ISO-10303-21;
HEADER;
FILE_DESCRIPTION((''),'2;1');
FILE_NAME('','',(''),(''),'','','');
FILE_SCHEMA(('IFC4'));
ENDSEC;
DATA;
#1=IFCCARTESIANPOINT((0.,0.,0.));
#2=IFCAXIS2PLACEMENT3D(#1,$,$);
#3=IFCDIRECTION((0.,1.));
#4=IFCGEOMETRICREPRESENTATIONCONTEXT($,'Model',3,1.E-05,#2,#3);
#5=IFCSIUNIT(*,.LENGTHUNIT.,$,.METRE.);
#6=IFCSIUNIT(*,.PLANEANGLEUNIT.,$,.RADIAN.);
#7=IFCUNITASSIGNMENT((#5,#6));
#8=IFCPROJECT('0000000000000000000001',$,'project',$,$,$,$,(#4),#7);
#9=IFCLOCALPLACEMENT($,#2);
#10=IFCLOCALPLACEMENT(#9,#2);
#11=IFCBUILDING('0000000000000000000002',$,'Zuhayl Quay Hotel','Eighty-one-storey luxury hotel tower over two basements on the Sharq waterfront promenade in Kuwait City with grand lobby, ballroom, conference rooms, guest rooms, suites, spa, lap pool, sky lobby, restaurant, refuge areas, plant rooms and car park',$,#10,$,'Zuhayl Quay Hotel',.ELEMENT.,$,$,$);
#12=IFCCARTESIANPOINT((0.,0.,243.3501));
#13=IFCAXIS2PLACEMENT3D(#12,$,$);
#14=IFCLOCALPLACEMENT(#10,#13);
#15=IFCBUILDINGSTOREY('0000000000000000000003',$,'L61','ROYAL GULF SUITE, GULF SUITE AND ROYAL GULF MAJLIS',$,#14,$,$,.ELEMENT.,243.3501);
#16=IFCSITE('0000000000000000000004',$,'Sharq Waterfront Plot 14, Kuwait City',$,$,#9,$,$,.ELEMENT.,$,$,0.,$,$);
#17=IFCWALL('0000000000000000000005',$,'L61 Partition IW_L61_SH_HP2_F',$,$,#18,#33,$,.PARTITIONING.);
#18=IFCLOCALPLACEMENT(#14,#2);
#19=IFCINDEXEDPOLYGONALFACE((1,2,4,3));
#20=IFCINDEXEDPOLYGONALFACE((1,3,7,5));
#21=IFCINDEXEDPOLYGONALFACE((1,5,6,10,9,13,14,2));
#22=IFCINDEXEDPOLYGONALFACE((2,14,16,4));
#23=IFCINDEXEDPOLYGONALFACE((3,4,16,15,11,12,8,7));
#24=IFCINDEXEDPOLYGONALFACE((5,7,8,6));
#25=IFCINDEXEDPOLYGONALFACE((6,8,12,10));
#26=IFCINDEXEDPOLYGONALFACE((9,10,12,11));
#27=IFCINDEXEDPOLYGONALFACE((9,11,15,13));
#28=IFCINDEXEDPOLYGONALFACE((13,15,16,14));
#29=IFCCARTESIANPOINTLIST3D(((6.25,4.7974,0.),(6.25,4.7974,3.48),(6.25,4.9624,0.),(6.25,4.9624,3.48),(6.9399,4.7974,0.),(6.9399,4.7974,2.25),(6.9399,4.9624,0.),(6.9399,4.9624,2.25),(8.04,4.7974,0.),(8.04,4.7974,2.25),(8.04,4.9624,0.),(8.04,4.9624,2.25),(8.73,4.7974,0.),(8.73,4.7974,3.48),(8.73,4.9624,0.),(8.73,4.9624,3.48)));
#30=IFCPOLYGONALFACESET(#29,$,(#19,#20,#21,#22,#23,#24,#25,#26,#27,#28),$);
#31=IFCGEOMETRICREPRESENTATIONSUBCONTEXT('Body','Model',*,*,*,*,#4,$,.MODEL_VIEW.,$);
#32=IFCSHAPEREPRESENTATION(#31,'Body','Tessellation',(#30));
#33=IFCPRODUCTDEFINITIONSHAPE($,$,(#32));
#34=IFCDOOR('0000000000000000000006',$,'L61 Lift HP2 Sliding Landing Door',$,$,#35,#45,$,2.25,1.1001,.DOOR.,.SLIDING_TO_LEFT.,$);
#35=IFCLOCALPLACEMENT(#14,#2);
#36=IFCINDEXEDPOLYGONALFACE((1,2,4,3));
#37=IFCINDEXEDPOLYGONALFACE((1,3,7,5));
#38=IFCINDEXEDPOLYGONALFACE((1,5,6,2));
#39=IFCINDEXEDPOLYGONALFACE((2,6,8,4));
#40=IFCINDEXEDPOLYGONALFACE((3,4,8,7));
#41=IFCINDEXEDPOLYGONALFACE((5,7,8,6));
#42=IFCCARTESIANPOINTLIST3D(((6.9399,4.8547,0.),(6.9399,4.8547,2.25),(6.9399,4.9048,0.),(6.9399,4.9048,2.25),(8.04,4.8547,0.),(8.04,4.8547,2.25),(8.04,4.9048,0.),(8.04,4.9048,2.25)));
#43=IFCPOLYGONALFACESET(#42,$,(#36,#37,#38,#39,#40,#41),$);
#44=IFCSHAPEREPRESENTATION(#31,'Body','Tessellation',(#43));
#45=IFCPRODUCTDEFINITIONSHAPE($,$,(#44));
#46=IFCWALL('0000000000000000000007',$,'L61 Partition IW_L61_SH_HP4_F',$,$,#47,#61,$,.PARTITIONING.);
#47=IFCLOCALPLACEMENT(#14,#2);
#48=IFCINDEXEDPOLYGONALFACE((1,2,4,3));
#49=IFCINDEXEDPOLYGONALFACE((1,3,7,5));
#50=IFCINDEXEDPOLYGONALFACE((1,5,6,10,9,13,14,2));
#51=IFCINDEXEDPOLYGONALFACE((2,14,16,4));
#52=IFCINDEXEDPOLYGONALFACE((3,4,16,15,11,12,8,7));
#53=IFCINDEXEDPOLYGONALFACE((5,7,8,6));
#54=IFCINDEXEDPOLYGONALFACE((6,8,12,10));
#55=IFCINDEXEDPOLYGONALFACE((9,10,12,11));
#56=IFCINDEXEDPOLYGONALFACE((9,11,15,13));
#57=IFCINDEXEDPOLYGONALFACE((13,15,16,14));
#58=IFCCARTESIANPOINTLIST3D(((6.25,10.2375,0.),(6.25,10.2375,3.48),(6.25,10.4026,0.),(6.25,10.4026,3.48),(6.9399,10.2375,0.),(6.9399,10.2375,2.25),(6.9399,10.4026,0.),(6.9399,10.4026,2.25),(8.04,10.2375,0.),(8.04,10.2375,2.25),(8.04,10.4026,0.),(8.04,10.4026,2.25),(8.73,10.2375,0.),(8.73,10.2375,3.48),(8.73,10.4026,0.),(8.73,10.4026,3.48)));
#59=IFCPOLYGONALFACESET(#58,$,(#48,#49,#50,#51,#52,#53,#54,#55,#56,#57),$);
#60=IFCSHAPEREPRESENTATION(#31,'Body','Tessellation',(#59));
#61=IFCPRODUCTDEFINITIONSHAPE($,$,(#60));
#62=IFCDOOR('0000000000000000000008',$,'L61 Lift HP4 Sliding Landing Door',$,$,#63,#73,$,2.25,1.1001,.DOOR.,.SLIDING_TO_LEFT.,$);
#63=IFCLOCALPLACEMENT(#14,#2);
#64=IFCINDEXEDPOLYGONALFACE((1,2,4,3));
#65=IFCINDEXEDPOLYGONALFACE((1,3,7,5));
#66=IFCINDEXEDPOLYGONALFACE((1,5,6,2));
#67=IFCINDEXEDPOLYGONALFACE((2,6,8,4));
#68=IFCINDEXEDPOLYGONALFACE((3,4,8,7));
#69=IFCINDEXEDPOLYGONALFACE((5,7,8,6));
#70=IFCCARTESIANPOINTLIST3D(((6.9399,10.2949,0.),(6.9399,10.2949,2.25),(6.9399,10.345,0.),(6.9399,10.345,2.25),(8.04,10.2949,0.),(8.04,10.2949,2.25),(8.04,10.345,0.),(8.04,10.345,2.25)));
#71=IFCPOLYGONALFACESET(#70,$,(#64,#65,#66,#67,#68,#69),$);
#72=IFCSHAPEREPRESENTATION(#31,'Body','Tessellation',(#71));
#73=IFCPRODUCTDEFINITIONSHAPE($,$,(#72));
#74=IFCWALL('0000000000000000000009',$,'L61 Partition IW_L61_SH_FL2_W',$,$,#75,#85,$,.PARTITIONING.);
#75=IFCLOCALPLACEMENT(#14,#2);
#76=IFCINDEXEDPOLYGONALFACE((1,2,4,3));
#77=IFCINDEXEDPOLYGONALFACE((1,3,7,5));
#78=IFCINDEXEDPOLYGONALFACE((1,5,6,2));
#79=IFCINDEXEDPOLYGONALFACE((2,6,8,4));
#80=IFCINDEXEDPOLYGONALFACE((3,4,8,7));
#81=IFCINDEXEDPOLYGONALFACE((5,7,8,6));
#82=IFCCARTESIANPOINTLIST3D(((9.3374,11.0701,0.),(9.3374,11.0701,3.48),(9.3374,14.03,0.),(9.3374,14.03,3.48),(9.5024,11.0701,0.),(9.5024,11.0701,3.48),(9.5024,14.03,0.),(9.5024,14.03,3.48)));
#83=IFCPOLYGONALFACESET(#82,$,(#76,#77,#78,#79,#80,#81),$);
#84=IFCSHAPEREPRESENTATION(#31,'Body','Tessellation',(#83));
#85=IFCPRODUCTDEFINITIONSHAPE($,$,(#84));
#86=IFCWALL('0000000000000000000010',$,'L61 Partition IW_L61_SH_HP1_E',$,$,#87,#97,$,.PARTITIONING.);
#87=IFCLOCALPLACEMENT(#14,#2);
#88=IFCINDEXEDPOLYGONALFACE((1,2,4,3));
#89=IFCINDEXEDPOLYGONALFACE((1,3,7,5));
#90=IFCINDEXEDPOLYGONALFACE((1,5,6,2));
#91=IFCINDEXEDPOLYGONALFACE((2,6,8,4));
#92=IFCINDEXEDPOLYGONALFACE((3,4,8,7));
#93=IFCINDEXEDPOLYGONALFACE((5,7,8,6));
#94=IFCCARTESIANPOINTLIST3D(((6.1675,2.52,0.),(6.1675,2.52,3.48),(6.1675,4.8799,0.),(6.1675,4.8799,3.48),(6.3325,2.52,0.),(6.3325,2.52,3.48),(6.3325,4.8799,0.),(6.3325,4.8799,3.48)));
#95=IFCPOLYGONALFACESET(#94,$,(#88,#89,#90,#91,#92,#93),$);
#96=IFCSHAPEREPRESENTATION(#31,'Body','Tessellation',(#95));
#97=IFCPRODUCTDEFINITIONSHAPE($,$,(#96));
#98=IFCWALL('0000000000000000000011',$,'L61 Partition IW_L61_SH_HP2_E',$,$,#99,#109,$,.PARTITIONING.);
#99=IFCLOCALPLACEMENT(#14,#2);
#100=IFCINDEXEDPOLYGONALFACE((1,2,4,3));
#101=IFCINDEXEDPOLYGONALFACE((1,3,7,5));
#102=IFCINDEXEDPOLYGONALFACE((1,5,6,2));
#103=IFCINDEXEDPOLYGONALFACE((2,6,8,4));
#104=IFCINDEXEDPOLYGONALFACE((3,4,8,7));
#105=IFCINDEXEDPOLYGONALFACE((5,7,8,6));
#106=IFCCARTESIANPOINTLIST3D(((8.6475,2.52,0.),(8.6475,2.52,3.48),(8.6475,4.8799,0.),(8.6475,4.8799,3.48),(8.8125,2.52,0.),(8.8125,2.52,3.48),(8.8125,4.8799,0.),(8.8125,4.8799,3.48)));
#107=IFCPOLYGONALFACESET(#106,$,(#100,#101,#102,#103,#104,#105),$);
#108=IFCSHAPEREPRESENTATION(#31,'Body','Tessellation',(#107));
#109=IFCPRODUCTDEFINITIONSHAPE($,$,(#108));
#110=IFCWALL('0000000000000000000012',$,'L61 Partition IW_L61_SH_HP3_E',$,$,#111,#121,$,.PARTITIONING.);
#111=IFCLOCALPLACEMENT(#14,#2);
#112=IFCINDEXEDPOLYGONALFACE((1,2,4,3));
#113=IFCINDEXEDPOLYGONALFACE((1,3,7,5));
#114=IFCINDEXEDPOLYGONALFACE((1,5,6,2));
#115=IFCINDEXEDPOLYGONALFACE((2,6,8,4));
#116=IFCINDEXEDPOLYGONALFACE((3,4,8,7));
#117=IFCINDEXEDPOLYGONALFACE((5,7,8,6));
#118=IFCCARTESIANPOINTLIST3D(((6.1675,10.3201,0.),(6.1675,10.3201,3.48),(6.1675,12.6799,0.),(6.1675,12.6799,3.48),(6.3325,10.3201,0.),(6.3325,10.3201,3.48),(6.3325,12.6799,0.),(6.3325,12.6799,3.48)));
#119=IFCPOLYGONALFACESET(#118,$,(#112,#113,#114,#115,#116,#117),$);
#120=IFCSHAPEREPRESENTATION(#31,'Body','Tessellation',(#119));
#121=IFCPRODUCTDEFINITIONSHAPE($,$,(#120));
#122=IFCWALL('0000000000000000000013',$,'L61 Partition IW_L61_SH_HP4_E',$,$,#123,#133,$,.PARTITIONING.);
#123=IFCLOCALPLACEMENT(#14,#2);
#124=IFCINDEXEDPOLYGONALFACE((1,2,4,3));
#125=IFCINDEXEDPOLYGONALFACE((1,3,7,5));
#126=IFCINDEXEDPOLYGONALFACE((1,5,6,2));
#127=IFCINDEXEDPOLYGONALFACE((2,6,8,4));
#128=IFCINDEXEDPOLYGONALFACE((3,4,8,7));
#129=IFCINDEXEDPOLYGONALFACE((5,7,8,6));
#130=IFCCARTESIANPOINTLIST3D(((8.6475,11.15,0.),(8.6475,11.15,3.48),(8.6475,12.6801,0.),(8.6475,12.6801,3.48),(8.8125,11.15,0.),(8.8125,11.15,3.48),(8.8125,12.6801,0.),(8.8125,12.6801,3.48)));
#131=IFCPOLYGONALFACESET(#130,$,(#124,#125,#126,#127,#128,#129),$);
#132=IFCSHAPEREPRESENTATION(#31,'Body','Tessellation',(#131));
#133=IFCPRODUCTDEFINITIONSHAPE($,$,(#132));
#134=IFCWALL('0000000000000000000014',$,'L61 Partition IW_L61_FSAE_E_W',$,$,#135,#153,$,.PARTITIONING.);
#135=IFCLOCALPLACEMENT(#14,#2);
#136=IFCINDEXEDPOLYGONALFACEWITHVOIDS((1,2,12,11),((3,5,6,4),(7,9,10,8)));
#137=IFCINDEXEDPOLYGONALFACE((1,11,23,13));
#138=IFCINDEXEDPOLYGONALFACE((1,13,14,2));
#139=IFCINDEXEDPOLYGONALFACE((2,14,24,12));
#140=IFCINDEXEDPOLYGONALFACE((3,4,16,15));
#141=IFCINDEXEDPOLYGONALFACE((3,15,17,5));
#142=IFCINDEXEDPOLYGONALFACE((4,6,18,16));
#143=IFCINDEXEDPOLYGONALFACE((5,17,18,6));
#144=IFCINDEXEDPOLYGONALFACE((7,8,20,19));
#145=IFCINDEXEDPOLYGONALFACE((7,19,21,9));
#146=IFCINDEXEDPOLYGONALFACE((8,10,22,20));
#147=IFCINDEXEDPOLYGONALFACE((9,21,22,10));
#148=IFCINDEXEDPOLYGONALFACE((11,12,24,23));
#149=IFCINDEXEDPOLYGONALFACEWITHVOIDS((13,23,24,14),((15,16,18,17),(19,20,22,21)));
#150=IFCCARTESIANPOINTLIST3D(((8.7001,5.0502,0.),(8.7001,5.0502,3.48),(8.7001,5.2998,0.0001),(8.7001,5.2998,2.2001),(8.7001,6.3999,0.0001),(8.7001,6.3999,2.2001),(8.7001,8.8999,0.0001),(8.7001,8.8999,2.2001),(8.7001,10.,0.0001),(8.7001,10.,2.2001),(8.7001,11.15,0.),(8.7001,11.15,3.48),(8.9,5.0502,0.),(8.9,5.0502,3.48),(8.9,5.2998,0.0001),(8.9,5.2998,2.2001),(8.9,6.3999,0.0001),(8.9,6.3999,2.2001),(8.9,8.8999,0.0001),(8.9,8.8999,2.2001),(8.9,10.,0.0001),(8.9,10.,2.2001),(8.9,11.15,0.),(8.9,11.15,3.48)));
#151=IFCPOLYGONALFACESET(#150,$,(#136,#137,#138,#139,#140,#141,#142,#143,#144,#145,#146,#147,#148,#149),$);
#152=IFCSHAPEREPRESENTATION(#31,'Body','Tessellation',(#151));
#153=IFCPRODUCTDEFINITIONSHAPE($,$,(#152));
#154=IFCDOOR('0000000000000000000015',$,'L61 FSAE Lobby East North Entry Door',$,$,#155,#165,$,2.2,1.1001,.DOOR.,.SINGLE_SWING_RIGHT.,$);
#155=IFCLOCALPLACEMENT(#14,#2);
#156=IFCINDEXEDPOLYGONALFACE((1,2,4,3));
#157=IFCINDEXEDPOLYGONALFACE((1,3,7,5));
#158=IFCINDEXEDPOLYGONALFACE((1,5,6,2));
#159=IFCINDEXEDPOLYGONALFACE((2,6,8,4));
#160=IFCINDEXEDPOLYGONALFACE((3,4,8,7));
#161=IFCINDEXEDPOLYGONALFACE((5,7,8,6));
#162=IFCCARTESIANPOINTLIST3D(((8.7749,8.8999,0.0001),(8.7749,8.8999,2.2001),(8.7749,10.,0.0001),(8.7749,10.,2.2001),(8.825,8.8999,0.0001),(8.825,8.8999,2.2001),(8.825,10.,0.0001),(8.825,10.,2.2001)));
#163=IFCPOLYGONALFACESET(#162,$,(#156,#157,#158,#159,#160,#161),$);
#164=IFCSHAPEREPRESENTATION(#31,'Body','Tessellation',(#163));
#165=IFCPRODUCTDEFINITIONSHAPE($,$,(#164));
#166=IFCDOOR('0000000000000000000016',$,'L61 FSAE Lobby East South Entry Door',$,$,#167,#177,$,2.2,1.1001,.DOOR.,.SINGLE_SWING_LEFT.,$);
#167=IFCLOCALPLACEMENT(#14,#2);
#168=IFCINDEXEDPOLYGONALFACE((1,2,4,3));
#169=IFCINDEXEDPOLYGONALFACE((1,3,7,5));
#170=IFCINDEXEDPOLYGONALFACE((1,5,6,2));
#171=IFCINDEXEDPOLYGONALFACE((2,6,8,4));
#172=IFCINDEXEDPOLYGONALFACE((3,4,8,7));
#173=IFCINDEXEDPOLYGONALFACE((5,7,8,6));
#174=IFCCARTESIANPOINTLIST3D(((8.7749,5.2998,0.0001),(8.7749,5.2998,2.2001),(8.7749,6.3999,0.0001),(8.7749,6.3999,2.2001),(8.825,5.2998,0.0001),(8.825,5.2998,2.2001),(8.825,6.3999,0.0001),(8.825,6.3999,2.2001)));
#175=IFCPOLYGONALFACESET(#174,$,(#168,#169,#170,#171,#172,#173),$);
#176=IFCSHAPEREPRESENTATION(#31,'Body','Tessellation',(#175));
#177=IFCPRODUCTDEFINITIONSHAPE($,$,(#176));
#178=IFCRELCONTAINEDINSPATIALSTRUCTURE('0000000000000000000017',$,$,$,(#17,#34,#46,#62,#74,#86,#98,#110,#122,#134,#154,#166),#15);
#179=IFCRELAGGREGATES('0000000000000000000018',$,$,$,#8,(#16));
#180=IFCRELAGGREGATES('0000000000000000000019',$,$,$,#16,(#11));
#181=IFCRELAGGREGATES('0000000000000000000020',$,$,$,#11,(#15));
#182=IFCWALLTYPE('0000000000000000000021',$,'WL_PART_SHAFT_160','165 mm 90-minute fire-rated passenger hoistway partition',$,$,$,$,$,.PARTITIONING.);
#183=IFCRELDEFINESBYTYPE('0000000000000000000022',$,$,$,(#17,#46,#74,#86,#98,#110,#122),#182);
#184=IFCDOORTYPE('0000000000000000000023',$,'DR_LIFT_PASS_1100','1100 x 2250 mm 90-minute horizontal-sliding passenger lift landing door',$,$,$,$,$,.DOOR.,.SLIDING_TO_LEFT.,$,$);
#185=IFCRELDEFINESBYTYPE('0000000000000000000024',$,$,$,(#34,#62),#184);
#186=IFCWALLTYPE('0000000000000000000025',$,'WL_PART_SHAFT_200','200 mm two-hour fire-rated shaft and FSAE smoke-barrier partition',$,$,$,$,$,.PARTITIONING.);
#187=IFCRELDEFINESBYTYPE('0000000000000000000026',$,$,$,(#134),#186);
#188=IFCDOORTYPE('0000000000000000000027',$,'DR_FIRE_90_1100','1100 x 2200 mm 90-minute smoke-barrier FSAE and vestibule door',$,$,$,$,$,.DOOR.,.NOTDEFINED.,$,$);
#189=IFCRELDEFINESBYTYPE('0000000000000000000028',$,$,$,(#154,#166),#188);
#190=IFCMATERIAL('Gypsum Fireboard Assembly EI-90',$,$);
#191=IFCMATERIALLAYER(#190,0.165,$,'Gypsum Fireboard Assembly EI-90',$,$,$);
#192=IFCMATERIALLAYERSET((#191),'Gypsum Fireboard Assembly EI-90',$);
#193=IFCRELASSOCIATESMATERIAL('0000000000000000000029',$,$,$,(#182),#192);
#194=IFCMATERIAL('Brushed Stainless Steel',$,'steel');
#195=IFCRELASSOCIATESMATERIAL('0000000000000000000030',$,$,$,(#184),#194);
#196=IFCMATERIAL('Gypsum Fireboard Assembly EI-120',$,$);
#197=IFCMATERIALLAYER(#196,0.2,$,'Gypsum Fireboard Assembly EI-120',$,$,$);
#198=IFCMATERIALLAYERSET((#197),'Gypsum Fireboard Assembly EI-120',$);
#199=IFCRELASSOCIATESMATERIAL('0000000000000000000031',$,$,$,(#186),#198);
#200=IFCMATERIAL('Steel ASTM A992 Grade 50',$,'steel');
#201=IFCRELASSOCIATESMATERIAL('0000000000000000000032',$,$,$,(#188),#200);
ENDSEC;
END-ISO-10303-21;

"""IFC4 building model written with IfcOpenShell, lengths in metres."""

from ifc_helpers import new_model, si_unit, direction, frame, frame_2d, origin, place, context, subcontext, project, spatial, rectangle, extrude, material, layer, layer_set, type_object, element, fill, save


model = new_model("IFC4")

# Units and contexts
model_context = context("Model", 3, precision=1e-05, world=origin(), true_north=direction((0.0, 1.0)))
body_context = subcontext(model_context, "Body", "Model", "MODEL_VIEW")
ifc_project = project(units=[si_unit("LENGTHUNIT", "METRE"), si_unit("PLANEANGLEUNIT", "RADIAN")], contexts=[model_context])

# Site, building, storey
site_placement = place(None, origin())
site = spatial("IfcSite", under=ifc_project, at=site_placement, Name="Sharq Waterfront Plot 14, Kuwait City", CompositionType="ELEMENT", RefElevation=0.0)
building_placement = place(site_placement, origin())
building = spatial("IfcBuilding", under=site, at=building_placement, Name="Zuhayl Quay Hotel", Description="Eighty-one-storey luxury hotel tower over two basements on the Sharq waterfront promenade in Kuwait City with grand lobby, ballroom, conference rooms, guest rooms, suites, spa, lap pool, sky lobby, restaurant, refuge areas, plant rooms and car park", LongName="Zuhayl Quay Hotel", CompositionType="ELEMENT")
storey_placement = place(building_placement, frame((0.0, 0.0, 243.3501)))
storey = spatial("IfcBuildingStorey", under=building, at=storey_placement, Name="L61", Description="ROYAL GULF SUITE, GULF SUITE AND ROYAL GULF MAJLIS", CompositionType="ELEMENT", Elevation=243.3501)

# Walls, openings, doors
ifc_material_1 = material(Name="Gypsum Fireboard Assembly EI-90")
ifc_layer_1 = layer(ifc_material_1, 0.165, Name="Gypsum Fireboard Assembly EI-90")
ifc_layer_set_1 = layer_set([ifc_layer_1], Name="Gypsum Fireboard Assembly EI-90")
wall_type_1 = type_object("IfcWallType", Name="WL_PART_SHAFT_160", Description="165 mm 90-minute fire-rated passenger hoistway partition", PredefinedType="PARTITIONING", material=ifc_layer_set_1)
ifc_material_2 = material(Name="Brushed Stainless Steel", Category="steel")
wall_1_placement = place(storey_placement, frame((6.25, 4.8799, 0.0), z_axis=(0.0, 0.0, 1.0), x_axis=(1.0, 0.0, 0.0)))
wall_1 = element("IfcWall", 1, at=wall_1_placement, inside=storey, type_object=wall_type_1, Name="L61 Partition IW_L61_SH_HP2_F", PredefinedType="PARTITIONING", context=body_context, shape_type="SweptSolid", body=[
    extrude(rectangle(XDim=2.48, YDim=0.165, at=frame_2d((1.24, 0.0))), origin(), (0.0, 0.0, 1.0), 3.48),
])
opening_1_placement = place(wall_1_placement, frame((0.6899, 0.0, 0.0)))
opening_1 = element("IfcOpeningElement", 2, at=opening_1_placement, cuts=wall_1, PredefinedType="OPENING", context=body_context, shape_type="SweptSolid", body=[
    extrude(rectangle(XDim=1.1001, YDim=2.25, at=frame_2d((0.55, 1.125))), frame((0.0, 0.0925, 0.0), z_axis=(0.0, -1.0, 0.0), x_axis=(1.0, 0.0, 0.0)), (0.0, 0.0, 1.0), 0.1851),
])
door_type_1 = type_object("IfcDoorType", Name="DR_LIFT_PASS_1100", Description="1100 x 2250 mm 90-minute horizontal-sliding passenger lift landing door", OperationType="SLIDING_TO_LEFT", PredefinedType="DOOR", material=ifc_material_2)
door_1_placement = place(opening_1_placement, origin())
door_1 = element("IfcDoor", 3, at=door_1_placement, inside=storey, type_object=door_type_1, Name="L61 Lift HP2 Sliding Landing Door", OperationType="SLIDING_TO_LEFT", OverallHeight=2.25, OverallWidth=1.1001, PredefinedType="DOOR", context=body_context, shape_type="SweptSolid", body=[
    extrude(rectangle(XDim=1.1001, YDim=2.25, at=frame_2d((0.55, 1.125))), frame((0.0, 0.0249, 0.0), z_axis=(0.0, -1.0, 0.0), x_axis=(1.0, 0.0, 0.0)), (0.0, 0.0, 1.0), 0.05),
])
fill(opening_1, door_1)
wall_2_placement = place(storey_placement, frame((6.25, 10.3201, 0.0), z_axis=(0.0, 0.0, 1.0), x_axis=(1.0, 0.0, 0.0)))
wall_2 = element("IfcWall", 4, at=wall_2_placement, inside=storey, type_object=wall_type_1, Name="L61 Partition IW_L61_SH_HP4_F", PredefinedType="PARTITIONING", context=body_context, shape_type="SweptSolid", body=[
    extrude(rectangle(XDim=2.48, YDim=0.165, at=frame_2d((1.24, 0.0))), origin(), (0.0, 0.0, 1.0), 3.48),
])
opening_2_placement = place(wall_2_placement, frame((0.6899, 0.0, 0.0)))
opening_2 = element("IfcOpeningElement", 5, at=opening_2_placement, cuts=wall_2, PredefinedType="OPENING", context=body_context, shape_type="SweptSolid", body=[
    extrude(rectangle(XDim=1.1001, YDim=2.25, at=frame_2d((0.55, 1.125))), frame((0.0, 0.0925, 0.0), z_axis=(0.0, -1.0, 0.0), x_axis=(1.0, 0.0, 0.0)), (0.0, 0.0, 1.0), 0.1851),
])
door_2_placement = place(opening_2_placement, origin())
door_2 = element("IfcDoor", 6, at=door_2_placement, inside=storey, type_object=door_type_1, Name="L61 Lift HP4 Sliding Landing Door", OperationType="SLIDING_TO_LEFT", OverallHeight=2.25, OverallWidth=1.1001, PredefinedType="DOOR", context=body_context, shape_type="SweptSolid", body=[
    extrude(rectangle(XDim=1.1001, YDim=2.25, at=frame_2d((0.55, 1.125))), frame((0.0, 0.0249, 0.0), z_axis=(0.0, -1.0, 0.0), x_axis=(1.0, 0.0, 0.0)), (0.0, 0.0, 1.0), 0.05),
])
fill(opening_2, door_2)

# Walls
wall_3_placement = place(storey_placement, frame((9.4199, 11.0701, 0.0), z_axis=(0.0, 0.0, 1.0), x_axis=(0.0, 1.0, 0.0)))
element("IfcWall", 7, at=wall_3_placement, inside=storey, type_object=wall_type_1, Name="L61 Partition IW_L61_SH_FL2_W", PredefinedType="PARTITIONING", context=body_context, shape_type="SweptSolid", body=[
    extrude(rectangle(XDim=2.96, YDim=0.165, at=frame_2d((1.48, 0.0))), origin(), (0.0, 0.0, 1.0), 3.48),
])
for number, where, z_axis, x_axis, name in (
    (8, (6.25, 2.52, 0.0), (0.0, 0.0, 1.0), (0.0, 1.0, 0.0), "L61 Partition IW_L61_SH_HP1_E"),
    (9, (8.73, 2.52, 0.0), (0.0, 0.0, 1.0), (0.0, 1.0, 0.0), "L61 Partition IW_L61_SH_HP2_E"),
    (10, (6.25, 10.3201, 0.0), (0.0, 0.0, 1.0), (0.0, 1.0, 0.0), "L61 Partition IW_L61_SH_HP3_E"),
):
    element("IfcWall", number, at=place(storey_placement, frame(where, z_axis=z_axis, x_axis=x_axis)), inside=storey, type_object=wall_type_1, Name=name, PredefinedType="PARTITIONING", context=body_context, shape_type="SweptSolid", body=[
        extrude(rectangle(XDim=2.3599, YDim=0.165, at=frame_2d((1.1799, 0.0))), origin(), (0.0, 0.0, 1.0), 3.48),
    ])
wall_4_placement = place(storey_placement, frame((8.73, 11.1499, 0.0), z_axis=(0.0, 0.0, 1.0), x_axis=(0.0, 1.0, 0.0)))
element("IfcWall", 11, at=wall_4_placement, inside=storey, type_object=wall_type_1, Name="L61 Partition IW_L61_SH_HP4_E", PredefinedType="PARTITIONING", context=body_context, shape_type="SweptSolid", body=[
    extrude(rectangle(XDim=1.53, YDim=0.165, at=frame_2d((0.7651, 0.0))), origin(), (0.0, 0.0, 1.0), 3.48),
])

# Wall, openings, doors
ifc_material_3 = material(Name="Gypsum Fireboard Assembly EI-120")
ifc_layer_2 = layer(ifc_material_3, 0.2, Name="Gypsum Fireboard Assembly EI-120")
ifc_layer_set_2 = layer_set([ifc_layer_2], Name="Gypsum Fireboard Assembly EI-120")
wall_type_2 = type_object("IfcWallType", Name="WL_PART_SHAFT_200", Description="200 mm two-hour fire-rated shaft and FSAE smoke-barrier partition", PredefinedType="PARTITIONING", material=ifc_layer_set_2)
wall_5_placement = place(storey_placement, frame((8.8, 11.1499, 0.0), z_axis=(0.0, 0.0, 1.0), x_axis=(0.0, -1.0, 0.0)))
wall_5 = element("IfcWall", 12, at=wall_5_placement, inside=storey, type_object=wall_type_2, Name="L61 Partition IW_L61_FSAE_E_W", PredefinedType="PARTITIONING", context=body_context, shape_type="SweptSolid", body=[
    extrude(rectangle(XDim=6.0999, YDim=0.2, at=frame_2d((3.0498, 0.0))), origin(), (0.0, 0.0, 1.0), 3.48),
])
opening_3_placement = place(wall_5_placement, frame((1.1499, 0.0, 0.0)))
opening_3 = element("IfcOpeningElement", 13, at=opening_3_placement, cuts=wall_5, PredefinedType="OPENING", context=body_context, shape_type="SweptSolid", body=[
    extrude(rectangle(XDim=1.1001, YDim=2.2, at=frame_2d((0.55, 1.1001))), frame((0.0, 0.1099, 0.0), z_axis=(0.0, -1.0, 0.0), x_axis=(1.0, 0.0, 0.0)), (0.0, 0.0, 1.0), 0.22),
])
opening_4_placement = place(wall_5_placement, frame((4.75, 0.0, 0.0)))
opening_4 = element("IfcOpeningElement", 14, at=opening_4_placement, cuts=wall_5, PredefinedType="OPENING", context=body_context, shape_type="SweptSolid", body=[
    extrude(rectangle(XDim=1.1001, YDim=2.2, at=frame_2d((0.55, 1.1001))), frame((0.0, 0.1099, 0.0), z_axis=(0.0, -1.0, 0.0), x_axis=(1.0, 0.0, 0.0)), (0.0, 0.0, 1.0), 0.22),
])
ifc_material_4 = material(Name="Steel ASTM A992 Grade 50", Category="steel")
door_type_2 = type_object("IfcDoorType", Name="DR_FIRE_90_1100", Description="1100 x 2200 mm 90-minute smoke-barrier FSAE and vestibule door", OperationType="NOTDEFINED", PredefinedType="DOOR", material=ifc_material_4)
door_3_placement = place(opening_3_placement, origin())
door_3 = element("IfcDoor", 15, at=door_3_placement, inside=storey, type_object=door_type_2, Name="L61 FSAE Lobby East North Entry Door", OperationType="SINGLE_SWING_RIGHT", OverallHeight=2.2, OverallWidth=1.1001, PredefinedType="DOOR", context=body_context, shape_type="SweptSolid", body=[
    extrude(rectangle(XDim=1.1001, YDim=2.2, at=frame_2d((0.55, 1.1001))), frame((0.0, 0.0249, 0.0), z_axis=(0.0, -1.0, 0.0), x_axis=(1.0, 0.0, 0.0)), (0.0, 0.0, 1.0), 0.05),
])
fill(opening_3, door_3)
door_4_placement = place(opening_4_placement, origin())
door_4 = element("IfcDoor", 16, at=door_4_placement, inside=storey, type_object=door_type_2, Name="L61 FSAE Lobby East South Entry Door", OperationType="SINGLE_SWING_LEFT", OverallHeight=2.2, OverallWidth=1.1001, PredefinedType="DOOR", context=body_context, shape_type="SweptSolid", body=[
    extrude(rectangle(XDim=1.1001, YDim=2.2, at=frame_2d((0.55, 1.1001))), frame((0.0, 0.0249, 0.0), z_axis=(0.0, -1.0, 0.0), x_axis=(1.0, 0.0, 0.0)), (0.0, 0.0, 1.0), 0.05),
])
fill(opening_4, door_4)

save(model, "model.ifc")
